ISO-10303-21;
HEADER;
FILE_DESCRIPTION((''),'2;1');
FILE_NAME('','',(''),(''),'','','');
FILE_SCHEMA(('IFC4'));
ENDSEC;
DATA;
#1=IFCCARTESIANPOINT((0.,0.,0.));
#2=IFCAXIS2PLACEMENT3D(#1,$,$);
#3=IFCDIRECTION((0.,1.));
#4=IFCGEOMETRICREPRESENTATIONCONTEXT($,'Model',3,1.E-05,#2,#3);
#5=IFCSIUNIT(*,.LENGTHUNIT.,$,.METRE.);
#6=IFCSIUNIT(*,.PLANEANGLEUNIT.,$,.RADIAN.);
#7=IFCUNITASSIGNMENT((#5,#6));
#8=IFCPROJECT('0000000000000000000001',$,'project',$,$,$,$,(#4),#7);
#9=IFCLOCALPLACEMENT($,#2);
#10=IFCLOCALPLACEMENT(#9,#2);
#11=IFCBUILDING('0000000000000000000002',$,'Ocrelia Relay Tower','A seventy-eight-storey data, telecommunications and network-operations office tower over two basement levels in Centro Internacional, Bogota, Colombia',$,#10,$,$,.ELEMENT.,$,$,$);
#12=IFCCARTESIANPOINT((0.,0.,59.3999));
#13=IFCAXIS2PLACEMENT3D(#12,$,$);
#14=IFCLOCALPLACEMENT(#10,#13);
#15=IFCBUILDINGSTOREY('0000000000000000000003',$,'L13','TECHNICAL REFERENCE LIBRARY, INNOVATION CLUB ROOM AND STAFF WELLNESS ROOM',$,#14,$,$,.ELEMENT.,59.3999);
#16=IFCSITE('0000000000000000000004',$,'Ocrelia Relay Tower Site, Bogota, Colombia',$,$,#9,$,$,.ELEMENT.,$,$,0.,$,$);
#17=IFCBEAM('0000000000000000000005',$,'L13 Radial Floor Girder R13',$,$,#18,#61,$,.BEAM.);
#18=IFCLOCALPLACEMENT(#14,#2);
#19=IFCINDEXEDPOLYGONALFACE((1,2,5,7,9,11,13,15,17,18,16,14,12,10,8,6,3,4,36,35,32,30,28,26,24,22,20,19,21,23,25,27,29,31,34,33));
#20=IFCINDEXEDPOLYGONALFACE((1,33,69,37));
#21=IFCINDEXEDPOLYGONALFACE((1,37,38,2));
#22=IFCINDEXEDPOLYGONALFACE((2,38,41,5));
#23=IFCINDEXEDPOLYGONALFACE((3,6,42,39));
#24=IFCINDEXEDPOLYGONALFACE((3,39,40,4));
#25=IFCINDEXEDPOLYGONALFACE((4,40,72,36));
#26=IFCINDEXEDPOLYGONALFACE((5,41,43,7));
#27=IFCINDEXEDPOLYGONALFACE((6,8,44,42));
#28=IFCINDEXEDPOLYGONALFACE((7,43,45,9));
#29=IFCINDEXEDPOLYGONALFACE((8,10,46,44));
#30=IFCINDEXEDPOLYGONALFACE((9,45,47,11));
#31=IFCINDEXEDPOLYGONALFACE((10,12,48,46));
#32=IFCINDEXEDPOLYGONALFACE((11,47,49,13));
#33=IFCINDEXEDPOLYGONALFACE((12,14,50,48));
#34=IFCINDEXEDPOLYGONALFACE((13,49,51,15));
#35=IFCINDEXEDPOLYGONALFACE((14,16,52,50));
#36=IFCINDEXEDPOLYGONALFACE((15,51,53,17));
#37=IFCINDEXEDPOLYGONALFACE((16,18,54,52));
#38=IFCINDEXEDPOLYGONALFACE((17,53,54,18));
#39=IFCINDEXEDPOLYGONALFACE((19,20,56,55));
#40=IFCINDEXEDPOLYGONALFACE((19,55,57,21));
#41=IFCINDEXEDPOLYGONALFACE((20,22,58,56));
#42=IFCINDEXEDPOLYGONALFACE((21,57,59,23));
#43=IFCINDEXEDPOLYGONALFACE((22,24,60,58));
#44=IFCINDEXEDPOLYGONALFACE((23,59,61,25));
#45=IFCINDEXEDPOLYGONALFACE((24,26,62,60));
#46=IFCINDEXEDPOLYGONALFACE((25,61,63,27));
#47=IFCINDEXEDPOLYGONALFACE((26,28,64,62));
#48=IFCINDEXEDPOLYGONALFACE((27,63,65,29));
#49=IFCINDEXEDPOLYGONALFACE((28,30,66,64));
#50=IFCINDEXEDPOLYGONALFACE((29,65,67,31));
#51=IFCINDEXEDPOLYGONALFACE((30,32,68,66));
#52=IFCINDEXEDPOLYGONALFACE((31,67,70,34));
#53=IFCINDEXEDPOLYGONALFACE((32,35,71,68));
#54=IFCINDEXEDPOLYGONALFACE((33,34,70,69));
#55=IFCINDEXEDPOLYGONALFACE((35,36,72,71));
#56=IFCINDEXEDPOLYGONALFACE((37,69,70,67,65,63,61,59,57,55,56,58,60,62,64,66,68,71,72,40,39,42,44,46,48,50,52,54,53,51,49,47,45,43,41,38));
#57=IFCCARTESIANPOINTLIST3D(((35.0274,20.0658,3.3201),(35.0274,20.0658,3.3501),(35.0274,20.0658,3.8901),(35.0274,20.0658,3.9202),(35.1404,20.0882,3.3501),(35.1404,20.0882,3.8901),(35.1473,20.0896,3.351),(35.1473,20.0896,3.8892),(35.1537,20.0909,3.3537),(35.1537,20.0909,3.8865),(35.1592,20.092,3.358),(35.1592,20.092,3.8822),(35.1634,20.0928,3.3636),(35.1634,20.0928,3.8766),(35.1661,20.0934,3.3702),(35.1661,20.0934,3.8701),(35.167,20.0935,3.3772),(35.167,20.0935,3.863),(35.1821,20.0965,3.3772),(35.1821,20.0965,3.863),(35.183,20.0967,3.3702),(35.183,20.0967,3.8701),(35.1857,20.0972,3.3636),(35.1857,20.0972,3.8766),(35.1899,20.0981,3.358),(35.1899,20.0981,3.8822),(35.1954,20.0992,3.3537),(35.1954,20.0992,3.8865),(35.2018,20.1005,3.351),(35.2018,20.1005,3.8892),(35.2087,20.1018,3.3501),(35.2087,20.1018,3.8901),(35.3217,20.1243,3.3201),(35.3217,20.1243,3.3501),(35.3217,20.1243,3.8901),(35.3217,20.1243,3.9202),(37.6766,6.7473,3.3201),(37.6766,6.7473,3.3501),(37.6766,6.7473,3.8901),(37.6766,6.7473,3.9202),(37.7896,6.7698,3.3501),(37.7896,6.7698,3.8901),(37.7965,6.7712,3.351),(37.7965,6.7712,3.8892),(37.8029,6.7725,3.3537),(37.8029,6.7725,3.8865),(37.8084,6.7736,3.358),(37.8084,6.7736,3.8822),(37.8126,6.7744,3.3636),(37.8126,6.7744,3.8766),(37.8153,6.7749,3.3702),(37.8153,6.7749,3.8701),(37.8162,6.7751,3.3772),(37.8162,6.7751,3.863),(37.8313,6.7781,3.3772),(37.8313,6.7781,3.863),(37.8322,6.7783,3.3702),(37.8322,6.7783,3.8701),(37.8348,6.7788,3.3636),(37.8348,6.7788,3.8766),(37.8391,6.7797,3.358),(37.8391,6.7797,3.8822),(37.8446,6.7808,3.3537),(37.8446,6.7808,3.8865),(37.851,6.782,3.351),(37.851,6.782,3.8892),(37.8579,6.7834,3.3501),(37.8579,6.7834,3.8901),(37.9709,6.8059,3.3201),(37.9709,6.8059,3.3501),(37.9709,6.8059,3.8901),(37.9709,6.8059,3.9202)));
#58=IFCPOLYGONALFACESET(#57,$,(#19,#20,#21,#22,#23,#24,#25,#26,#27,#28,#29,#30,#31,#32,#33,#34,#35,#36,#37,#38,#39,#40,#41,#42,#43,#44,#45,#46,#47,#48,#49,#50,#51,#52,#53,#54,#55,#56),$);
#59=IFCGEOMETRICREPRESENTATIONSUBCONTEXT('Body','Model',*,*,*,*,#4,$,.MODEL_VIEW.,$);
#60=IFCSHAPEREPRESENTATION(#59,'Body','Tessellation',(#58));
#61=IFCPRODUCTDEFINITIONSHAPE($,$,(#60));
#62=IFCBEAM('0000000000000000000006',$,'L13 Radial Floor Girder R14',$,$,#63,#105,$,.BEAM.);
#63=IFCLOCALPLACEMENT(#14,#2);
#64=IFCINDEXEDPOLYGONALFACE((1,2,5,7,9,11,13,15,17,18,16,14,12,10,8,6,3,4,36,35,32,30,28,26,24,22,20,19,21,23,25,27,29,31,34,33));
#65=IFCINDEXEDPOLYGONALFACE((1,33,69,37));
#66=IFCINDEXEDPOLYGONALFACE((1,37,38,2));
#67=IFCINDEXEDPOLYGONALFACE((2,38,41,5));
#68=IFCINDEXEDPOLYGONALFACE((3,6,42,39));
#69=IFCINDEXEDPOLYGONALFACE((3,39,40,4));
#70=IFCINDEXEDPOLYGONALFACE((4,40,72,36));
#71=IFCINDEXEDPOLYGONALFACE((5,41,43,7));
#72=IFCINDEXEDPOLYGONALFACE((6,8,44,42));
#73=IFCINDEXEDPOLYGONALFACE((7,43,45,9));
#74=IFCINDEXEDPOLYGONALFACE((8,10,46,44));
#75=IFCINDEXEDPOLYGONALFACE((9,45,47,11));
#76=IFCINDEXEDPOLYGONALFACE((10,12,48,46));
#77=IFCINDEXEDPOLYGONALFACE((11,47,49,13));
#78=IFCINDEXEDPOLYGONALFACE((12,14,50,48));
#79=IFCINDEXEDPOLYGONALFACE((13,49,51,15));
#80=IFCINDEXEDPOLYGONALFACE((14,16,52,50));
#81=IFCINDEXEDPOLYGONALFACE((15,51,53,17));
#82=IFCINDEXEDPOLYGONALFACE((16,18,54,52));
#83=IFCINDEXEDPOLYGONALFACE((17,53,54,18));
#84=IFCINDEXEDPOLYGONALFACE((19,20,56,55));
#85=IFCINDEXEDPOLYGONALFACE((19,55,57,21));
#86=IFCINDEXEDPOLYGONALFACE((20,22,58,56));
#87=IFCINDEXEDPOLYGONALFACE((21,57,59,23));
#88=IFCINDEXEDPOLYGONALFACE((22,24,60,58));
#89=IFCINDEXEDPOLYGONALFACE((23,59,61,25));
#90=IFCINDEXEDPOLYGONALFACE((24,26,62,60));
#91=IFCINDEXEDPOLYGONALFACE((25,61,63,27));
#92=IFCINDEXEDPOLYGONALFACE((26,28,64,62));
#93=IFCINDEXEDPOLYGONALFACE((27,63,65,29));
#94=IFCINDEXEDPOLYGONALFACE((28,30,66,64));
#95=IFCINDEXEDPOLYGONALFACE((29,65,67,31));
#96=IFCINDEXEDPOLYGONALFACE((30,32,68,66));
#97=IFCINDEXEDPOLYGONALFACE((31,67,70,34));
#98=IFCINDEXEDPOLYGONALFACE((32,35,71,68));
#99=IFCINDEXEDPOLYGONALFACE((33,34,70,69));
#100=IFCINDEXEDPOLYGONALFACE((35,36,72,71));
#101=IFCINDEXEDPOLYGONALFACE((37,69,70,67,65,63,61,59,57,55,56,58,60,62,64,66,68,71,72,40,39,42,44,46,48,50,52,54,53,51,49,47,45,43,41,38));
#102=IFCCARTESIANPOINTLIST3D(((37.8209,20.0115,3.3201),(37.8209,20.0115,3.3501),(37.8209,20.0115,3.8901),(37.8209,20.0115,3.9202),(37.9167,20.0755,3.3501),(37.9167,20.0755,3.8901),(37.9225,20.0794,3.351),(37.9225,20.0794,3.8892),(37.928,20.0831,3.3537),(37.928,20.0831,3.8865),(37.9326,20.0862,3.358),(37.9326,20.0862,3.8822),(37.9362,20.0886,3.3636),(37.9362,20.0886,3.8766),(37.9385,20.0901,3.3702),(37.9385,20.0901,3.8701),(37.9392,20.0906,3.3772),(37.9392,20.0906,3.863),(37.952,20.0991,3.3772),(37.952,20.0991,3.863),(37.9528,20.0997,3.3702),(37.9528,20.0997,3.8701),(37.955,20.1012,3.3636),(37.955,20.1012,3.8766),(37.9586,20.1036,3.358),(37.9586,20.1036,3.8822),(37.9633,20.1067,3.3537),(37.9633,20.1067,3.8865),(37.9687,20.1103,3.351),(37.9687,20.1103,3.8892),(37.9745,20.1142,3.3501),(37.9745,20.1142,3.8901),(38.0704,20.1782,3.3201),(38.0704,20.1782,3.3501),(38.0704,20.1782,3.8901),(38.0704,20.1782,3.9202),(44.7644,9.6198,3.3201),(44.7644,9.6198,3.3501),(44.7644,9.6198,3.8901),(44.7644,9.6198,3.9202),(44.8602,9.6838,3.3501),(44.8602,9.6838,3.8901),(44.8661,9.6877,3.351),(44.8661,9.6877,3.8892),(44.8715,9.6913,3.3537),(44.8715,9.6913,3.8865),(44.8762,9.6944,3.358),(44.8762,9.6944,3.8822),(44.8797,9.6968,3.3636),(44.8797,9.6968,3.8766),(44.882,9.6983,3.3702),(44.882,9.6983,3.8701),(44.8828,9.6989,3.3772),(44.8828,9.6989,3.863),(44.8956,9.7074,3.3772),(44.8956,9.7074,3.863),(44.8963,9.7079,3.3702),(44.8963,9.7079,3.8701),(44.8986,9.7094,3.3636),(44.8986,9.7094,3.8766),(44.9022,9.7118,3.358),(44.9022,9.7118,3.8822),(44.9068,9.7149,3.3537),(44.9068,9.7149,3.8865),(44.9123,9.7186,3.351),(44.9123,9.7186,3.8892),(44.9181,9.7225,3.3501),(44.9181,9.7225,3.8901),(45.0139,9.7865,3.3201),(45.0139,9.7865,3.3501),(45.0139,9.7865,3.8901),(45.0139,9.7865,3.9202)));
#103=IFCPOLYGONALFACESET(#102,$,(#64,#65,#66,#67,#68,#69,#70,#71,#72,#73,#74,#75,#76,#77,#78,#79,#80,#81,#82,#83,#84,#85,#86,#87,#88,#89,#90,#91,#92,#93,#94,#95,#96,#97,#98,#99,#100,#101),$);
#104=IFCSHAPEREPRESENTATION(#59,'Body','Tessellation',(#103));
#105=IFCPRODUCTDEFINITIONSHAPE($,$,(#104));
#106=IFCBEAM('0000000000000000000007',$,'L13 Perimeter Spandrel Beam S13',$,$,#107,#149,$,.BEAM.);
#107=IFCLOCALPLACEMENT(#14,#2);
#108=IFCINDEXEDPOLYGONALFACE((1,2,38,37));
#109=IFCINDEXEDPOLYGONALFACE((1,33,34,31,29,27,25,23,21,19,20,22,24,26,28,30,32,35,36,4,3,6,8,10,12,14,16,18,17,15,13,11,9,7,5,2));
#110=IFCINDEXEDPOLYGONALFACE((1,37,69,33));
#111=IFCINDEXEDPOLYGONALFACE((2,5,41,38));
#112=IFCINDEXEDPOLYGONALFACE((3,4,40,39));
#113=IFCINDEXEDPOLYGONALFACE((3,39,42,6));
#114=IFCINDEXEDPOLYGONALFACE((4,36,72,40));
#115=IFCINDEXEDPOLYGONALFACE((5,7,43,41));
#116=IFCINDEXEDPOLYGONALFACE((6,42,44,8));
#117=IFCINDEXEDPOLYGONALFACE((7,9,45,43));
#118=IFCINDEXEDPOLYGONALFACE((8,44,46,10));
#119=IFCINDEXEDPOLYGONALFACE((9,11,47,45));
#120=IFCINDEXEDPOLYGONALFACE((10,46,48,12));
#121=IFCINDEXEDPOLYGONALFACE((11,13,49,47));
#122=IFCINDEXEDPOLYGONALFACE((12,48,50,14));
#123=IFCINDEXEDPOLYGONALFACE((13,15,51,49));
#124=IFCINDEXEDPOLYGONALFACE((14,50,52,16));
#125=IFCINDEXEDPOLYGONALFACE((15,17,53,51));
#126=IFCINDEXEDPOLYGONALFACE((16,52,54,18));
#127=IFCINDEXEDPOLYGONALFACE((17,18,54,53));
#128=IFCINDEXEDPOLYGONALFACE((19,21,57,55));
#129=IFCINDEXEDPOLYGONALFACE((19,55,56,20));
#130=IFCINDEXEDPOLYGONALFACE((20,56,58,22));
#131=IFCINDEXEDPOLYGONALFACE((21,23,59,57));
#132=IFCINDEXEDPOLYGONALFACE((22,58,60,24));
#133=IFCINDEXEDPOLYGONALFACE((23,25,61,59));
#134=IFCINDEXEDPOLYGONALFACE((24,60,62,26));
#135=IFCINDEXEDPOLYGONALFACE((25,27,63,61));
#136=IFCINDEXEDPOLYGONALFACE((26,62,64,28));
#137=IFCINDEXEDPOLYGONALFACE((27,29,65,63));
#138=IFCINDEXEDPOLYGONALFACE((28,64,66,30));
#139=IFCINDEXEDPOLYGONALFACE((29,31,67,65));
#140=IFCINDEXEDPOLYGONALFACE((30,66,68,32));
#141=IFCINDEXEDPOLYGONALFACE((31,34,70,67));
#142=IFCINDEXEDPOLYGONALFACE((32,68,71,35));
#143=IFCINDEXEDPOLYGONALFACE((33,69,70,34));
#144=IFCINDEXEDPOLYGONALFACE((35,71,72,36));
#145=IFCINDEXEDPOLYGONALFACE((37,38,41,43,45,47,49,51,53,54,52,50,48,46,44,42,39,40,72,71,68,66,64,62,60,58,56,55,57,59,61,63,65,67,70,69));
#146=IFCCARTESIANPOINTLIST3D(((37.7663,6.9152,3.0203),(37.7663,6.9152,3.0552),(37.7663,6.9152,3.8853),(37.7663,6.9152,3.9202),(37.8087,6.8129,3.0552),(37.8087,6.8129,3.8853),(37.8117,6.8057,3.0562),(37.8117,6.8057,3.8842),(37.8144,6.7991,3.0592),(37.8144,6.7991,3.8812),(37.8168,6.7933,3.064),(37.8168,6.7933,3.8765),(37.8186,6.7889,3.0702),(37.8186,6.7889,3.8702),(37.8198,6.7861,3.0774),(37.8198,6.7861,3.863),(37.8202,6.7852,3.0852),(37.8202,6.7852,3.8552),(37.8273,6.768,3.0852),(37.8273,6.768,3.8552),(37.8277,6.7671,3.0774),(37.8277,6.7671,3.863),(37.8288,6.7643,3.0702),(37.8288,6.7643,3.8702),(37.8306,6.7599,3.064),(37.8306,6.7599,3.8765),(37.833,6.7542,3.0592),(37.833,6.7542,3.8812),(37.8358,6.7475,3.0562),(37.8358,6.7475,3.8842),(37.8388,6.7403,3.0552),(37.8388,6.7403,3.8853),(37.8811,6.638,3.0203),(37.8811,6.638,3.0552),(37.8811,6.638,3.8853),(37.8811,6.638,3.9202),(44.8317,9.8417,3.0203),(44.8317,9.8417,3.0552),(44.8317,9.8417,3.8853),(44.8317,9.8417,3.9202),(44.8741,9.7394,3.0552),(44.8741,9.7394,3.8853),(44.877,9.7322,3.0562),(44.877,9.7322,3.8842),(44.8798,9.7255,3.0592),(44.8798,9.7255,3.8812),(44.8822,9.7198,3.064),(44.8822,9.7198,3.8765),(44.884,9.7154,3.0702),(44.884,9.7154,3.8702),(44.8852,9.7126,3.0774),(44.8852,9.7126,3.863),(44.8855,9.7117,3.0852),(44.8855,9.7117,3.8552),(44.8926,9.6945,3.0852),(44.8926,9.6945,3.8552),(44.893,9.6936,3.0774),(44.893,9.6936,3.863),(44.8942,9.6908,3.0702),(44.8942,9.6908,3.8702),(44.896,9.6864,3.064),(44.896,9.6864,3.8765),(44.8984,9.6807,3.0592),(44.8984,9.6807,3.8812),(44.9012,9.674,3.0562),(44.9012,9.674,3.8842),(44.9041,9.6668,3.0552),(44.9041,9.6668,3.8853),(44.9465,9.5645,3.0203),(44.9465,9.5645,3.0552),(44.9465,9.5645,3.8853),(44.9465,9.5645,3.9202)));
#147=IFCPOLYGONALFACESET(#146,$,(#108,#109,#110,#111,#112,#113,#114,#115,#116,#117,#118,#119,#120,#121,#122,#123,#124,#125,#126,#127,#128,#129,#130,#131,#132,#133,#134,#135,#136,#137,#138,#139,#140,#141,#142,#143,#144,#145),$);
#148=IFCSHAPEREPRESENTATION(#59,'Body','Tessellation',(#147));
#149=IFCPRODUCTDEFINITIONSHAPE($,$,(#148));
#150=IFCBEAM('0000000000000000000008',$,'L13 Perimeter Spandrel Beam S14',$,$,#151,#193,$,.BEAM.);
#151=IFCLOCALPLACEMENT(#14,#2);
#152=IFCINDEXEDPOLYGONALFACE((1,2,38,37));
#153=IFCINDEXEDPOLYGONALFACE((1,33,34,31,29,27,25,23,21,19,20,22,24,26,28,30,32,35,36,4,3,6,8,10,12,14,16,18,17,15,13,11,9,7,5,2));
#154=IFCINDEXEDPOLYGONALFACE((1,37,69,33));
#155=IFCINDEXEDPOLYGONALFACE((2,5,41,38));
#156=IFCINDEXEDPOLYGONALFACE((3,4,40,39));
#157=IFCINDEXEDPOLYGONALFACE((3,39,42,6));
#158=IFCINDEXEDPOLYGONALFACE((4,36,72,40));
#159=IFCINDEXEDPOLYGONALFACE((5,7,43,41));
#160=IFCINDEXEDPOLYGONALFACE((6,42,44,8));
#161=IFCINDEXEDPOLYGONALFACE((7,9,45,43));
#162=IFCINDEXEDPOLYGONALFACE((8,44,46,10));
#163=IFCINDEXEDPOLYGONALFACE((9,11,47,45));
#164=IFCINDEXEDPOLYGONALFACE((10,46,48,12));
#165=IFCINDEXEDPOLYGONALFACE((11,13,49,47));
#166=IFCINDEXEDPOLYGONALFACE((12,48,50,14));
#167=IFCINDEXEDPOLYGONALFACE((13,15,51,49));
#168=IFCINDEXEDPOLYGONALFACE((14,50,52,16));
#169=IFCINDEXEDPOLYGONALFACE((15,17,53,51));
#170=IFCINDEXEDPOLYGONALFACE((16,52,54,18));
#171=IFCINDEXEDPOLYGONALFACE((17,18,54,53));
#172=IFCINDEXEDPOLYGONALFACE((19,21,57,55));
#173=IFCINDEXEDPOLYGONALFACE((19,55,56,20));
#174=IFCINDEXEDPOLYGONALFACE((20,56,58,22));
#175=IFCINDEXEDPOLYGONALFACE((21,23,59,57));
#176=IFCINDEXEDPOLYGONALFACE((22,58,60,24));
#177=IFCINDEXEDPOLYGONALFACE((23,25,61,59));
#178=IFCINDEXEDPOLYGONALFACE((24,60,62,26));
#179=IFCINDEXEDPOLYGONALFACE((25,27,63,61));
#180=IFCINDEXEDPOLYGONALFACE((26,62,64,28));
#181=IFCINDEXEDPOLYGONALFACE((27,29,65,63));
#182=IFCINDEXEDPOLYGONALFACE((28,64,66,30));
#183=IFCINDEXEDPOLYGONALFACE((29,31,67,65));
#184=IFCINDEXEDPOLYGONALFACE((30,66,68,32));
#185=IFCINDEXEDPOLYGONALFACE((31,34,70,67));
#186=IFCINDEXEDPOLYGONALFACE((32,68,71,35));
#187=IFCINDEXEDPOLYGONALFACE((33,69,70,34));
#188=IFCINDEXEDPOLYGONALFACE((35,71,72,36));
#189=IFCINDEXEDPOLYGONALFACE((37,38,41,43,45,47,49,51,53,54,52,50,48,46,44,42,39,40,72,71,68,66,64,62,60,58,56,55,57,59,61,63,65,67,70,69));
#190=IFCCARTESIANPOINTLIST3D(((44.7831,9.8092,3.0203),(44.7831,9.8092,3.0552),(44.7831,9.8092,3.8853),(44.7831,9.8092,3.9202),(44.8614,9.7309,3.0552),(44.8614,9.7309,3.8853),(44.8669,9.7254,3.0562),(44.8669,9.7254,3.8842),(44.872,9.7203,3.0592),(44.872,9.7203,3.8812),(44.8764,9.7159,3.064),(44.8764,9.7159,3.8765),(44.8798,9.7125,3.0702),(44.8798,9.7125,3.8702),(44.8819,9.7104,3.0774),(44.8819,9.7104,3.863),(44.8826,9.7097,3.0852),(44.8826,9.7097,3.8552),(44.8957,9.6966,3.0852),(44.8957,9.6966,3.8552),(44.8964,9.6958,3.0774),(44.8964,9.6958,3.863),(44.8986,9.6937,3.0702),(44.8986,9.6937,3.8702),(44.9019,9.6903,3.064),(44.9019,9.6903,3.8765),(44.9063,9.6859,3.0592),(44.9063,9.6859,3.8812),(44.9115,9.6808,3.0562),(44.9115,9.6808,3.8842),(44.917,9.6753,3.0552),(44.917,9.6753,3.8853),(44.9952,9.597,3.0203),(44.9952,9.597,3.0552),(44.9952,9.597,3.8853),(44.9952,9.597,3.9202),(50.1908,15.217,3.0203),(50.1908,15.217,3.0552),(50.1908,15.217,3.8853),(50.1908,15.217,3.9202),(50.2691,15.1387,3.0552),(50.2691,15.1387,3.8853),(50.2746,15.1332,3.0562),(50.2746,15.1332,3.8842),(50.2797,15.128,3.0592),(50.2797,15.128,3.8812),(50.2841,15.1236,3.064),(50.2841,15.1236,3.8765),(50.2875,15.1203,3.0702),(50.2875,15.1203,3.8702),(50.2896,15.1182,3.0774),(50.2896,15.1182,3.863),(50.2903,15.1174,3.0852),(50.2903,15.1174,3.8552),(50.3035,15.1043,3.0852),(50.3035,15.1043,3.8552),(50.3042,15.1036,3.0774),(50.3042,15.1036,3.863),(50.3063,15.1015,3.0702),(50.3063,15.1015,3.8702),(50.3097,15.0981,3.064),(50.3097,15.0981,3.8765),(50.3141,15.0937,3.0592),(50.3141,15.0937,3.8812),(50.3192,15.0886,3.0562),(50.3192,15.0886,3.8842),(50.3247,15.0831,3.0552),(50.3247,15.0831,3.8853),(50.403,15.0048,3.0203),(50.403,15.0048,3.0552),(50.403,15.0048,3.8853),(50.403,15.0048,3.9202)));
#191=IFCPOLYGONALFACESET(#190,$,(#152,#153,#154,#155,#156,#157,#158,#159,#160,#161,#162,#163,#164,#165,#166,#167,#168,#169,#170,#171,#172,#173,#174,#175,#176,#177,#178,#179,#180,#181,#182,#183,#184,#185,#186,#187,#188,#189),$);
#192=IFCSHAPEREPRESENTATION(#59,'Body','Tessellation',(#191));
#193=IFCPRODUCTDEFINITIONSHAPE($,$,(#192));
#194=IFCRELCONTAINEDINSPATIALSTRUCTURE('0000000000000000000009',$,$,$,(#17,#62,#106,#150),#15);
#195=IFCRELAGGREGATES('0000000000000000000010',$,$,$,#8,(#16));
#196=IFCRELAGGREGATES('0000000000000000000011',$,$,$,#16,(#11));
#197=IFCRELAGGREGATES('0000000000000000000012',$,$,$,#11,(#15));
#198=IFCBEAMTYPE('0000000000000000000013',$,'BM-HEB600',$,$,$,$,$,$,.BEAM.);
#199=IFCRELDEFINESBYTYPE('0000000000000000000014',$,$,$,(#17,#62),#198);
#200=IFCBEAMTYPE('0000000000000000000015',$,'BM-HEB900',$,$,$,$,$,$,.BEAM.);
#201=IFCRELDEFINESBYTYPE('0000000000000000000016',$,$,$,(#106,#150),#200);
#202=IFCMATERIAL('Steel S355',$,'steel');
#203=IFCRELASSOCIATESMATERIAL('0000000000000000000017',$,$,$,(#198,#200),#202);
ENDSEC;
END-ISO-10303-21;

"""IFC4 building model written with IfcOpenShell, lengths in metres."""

from ifc_helpers import new_model, si_unit, direction, frame, origin, origin_2d, place, context, subcontext, project, spatial, i_section, extrude, material, material_profile, profile_set, type_object, element, save


model = new_model("IFC4")

# Units and contexts
model_context = context("Model", 3, precision=1e-05, world=origin(), true_north=direction((0.0, 1.0)))
body_context = subcontext(model_context, "Body", "Model", "MODEL_VIEW")
ifc_project = project(units=[si_unit("LENGTHUNIT", "METRE"), si_unit("PLANEANGLEUNIT", "RADIAN")], contexts=[model_context])

# Site, building, storey
site_placement = place(None, origin())
site = spatial("IfcSite", under=ifc_project, at=site_placement, Name="Ocrelia Relay Tower Site, Bogota, Colombia", CompositionType="ELEMENT", RefElevation=0.0)
building_placement = place(site_placement, origin())
building = spatial("IfcBuilding", under=site, at=building_placement, Name="Ocrelia Relay Tower", Description="A seventy-eight-storey data, telecommunications and network-operations office tower over two basement levels in Centro Internacional, Bogota, Colombia", CompositionType="ELEMENT")
storey_placement = place(building_placement, frame((0.0, 0.0, 59.3999)))
storey = spatial("IfcBuildingStorey", under=building, at=storey_placement, Name="L13", Description="TECHNICAL REFERENCE LIBRARY, INNOVATION CLUB ROOM AND STAFF WELLNESS ROOM", CompositionType="ELEMENT", Elevation=59.3999)

# Beams
ifc_material_1 = material(Name="Steel S355", Category="steel")
ifc_material_profile_1 = material_profile(ifc_material_1, i_section(OverallWidth=0.3, OverallDepth=0.6001, WebThickness=0.0154, FlangeThickness=0.03, FilletRadius=0.0271, at=origin_2d()), Name="HEB 600")
ifc_profile_set_1 = profile_set([ifc_material_profile_1], Name="Steel S355")
beam_type_1 = type_object("IfcBeamType", Name="BM-HEB600", PredefinedType="BEAM", material=ifc_profile_set_1)
beam_1_placement = place(storey_placement, frame((37.8237, 6.7766, 3.6201), z_axis=(-0.195089, 0.980786, 0.0), x_axis=(-0.980786, -0.195089, 0.0)))
element("IfcBeam", 1, at=beam_1_placement, inside=storey, type_object=beam_type_1, Name="L13 Radial Floor Girder R13", PredefinedType="BEAM", context=body_context, shape_type="SweptSolid", body=[
    extrude(i_section(OverallWidth=0.3, OverallDepth=0.6001, WebThickness=0.0154, FlangeThickness=0.03, FilletRadius=0.0271, at=origin_2d()), origin(), (0.0, 0.0, 1.0), 13.5793),
])
beam_2_placement = place(storey_placement, frame((44.8892, 9.7031, 3.6201), z_axis=(-0.55557, 0.83147, 0.0), x_axis=(-0.83147, -0.55557, 0.0)))
element("IfcBeam", 2, at=beam_2_placement, inside=storey, type_object=beam_type_1, Name="L13 Radial Floor Girder R14", PredefinedType="BEAM", context=body_context, shape_type="SweptSolid", body=[
    extrude(i_section(OverallWidth=0.3, OverallDepth=0.6001, WebThickness=0.0154, FlangeThickness=0.03, FilletRadius=0.0271, at=origin_2d()), origin(), (0.0, 0.0, 1.0), 12.498),
])
ifc_material_profile_2 = material_profile(ifc_material_1, i_section(OverallWidth=0.3, OverallDepth=0.8999, WebThickness=0.0186, FlangeThickness=0.0349, FilletRadius=0.03, at=origin_2d()), Name="HEB 900")
ifc_profile_set_2 = profile_set([ifc_material_profile_2], Name="Steel S355")
beam_type_2 = type_object("IfcBeamType", Name="BM-HEB900", PredefinedType="BEAM", material=ifc_profile_set_2)
beam_3_placement = place(storey_placement, frame((37.8237, 6.7766, 3.4702), z_axis=(0.923883, 0.382674, 0.0), x_axis=(-0.382674, 0.923883, 0.0)))
element("IfcBeam", 3, at=beam_3_placement, inside=storey, type_object=beam_type_2, Name="L13 Perimeter Spandrel Beam S13", PredefinedType="BEAM", context=body_context, shape_type="SweptSolid", body=[
    extrude(i_section(OverallWidth=0.3, OverallDepth=0.8999, WebThickness=0.0186, FlangeThickness=0.0349, FilletRadius=0.03, at=origin_2d()), origin(), (0.0, 0.0, 1.0), 7.6475),
])
beam_4_placement = place(storey_placement, frame((44.8892, 9.7031, 3.4702), z_axis=(0.707107, 0.707107, 0.0), x_axis=(-0.707107, 0.707107, 0.0)))
element("IfcBeam", 4, at=beam_4_placement, inside=storey, type_object=beam_type_2, Name="L13 Perimeter Spandrel Beam S14", PredefinedType="BEAM", context=body_context, shape_type="SweptSolid", body=[
    extrude(i_section(OverallWidth=0.3, OverallDepth=0.8999, WebThickness=0.0186, FlangeThickness=0.0349, FilletRadius=0.03, at=origin_2d()), origin(), (0.0, 0.0, 1.0), 7.6477),
])

save(model, "model.ifc")
